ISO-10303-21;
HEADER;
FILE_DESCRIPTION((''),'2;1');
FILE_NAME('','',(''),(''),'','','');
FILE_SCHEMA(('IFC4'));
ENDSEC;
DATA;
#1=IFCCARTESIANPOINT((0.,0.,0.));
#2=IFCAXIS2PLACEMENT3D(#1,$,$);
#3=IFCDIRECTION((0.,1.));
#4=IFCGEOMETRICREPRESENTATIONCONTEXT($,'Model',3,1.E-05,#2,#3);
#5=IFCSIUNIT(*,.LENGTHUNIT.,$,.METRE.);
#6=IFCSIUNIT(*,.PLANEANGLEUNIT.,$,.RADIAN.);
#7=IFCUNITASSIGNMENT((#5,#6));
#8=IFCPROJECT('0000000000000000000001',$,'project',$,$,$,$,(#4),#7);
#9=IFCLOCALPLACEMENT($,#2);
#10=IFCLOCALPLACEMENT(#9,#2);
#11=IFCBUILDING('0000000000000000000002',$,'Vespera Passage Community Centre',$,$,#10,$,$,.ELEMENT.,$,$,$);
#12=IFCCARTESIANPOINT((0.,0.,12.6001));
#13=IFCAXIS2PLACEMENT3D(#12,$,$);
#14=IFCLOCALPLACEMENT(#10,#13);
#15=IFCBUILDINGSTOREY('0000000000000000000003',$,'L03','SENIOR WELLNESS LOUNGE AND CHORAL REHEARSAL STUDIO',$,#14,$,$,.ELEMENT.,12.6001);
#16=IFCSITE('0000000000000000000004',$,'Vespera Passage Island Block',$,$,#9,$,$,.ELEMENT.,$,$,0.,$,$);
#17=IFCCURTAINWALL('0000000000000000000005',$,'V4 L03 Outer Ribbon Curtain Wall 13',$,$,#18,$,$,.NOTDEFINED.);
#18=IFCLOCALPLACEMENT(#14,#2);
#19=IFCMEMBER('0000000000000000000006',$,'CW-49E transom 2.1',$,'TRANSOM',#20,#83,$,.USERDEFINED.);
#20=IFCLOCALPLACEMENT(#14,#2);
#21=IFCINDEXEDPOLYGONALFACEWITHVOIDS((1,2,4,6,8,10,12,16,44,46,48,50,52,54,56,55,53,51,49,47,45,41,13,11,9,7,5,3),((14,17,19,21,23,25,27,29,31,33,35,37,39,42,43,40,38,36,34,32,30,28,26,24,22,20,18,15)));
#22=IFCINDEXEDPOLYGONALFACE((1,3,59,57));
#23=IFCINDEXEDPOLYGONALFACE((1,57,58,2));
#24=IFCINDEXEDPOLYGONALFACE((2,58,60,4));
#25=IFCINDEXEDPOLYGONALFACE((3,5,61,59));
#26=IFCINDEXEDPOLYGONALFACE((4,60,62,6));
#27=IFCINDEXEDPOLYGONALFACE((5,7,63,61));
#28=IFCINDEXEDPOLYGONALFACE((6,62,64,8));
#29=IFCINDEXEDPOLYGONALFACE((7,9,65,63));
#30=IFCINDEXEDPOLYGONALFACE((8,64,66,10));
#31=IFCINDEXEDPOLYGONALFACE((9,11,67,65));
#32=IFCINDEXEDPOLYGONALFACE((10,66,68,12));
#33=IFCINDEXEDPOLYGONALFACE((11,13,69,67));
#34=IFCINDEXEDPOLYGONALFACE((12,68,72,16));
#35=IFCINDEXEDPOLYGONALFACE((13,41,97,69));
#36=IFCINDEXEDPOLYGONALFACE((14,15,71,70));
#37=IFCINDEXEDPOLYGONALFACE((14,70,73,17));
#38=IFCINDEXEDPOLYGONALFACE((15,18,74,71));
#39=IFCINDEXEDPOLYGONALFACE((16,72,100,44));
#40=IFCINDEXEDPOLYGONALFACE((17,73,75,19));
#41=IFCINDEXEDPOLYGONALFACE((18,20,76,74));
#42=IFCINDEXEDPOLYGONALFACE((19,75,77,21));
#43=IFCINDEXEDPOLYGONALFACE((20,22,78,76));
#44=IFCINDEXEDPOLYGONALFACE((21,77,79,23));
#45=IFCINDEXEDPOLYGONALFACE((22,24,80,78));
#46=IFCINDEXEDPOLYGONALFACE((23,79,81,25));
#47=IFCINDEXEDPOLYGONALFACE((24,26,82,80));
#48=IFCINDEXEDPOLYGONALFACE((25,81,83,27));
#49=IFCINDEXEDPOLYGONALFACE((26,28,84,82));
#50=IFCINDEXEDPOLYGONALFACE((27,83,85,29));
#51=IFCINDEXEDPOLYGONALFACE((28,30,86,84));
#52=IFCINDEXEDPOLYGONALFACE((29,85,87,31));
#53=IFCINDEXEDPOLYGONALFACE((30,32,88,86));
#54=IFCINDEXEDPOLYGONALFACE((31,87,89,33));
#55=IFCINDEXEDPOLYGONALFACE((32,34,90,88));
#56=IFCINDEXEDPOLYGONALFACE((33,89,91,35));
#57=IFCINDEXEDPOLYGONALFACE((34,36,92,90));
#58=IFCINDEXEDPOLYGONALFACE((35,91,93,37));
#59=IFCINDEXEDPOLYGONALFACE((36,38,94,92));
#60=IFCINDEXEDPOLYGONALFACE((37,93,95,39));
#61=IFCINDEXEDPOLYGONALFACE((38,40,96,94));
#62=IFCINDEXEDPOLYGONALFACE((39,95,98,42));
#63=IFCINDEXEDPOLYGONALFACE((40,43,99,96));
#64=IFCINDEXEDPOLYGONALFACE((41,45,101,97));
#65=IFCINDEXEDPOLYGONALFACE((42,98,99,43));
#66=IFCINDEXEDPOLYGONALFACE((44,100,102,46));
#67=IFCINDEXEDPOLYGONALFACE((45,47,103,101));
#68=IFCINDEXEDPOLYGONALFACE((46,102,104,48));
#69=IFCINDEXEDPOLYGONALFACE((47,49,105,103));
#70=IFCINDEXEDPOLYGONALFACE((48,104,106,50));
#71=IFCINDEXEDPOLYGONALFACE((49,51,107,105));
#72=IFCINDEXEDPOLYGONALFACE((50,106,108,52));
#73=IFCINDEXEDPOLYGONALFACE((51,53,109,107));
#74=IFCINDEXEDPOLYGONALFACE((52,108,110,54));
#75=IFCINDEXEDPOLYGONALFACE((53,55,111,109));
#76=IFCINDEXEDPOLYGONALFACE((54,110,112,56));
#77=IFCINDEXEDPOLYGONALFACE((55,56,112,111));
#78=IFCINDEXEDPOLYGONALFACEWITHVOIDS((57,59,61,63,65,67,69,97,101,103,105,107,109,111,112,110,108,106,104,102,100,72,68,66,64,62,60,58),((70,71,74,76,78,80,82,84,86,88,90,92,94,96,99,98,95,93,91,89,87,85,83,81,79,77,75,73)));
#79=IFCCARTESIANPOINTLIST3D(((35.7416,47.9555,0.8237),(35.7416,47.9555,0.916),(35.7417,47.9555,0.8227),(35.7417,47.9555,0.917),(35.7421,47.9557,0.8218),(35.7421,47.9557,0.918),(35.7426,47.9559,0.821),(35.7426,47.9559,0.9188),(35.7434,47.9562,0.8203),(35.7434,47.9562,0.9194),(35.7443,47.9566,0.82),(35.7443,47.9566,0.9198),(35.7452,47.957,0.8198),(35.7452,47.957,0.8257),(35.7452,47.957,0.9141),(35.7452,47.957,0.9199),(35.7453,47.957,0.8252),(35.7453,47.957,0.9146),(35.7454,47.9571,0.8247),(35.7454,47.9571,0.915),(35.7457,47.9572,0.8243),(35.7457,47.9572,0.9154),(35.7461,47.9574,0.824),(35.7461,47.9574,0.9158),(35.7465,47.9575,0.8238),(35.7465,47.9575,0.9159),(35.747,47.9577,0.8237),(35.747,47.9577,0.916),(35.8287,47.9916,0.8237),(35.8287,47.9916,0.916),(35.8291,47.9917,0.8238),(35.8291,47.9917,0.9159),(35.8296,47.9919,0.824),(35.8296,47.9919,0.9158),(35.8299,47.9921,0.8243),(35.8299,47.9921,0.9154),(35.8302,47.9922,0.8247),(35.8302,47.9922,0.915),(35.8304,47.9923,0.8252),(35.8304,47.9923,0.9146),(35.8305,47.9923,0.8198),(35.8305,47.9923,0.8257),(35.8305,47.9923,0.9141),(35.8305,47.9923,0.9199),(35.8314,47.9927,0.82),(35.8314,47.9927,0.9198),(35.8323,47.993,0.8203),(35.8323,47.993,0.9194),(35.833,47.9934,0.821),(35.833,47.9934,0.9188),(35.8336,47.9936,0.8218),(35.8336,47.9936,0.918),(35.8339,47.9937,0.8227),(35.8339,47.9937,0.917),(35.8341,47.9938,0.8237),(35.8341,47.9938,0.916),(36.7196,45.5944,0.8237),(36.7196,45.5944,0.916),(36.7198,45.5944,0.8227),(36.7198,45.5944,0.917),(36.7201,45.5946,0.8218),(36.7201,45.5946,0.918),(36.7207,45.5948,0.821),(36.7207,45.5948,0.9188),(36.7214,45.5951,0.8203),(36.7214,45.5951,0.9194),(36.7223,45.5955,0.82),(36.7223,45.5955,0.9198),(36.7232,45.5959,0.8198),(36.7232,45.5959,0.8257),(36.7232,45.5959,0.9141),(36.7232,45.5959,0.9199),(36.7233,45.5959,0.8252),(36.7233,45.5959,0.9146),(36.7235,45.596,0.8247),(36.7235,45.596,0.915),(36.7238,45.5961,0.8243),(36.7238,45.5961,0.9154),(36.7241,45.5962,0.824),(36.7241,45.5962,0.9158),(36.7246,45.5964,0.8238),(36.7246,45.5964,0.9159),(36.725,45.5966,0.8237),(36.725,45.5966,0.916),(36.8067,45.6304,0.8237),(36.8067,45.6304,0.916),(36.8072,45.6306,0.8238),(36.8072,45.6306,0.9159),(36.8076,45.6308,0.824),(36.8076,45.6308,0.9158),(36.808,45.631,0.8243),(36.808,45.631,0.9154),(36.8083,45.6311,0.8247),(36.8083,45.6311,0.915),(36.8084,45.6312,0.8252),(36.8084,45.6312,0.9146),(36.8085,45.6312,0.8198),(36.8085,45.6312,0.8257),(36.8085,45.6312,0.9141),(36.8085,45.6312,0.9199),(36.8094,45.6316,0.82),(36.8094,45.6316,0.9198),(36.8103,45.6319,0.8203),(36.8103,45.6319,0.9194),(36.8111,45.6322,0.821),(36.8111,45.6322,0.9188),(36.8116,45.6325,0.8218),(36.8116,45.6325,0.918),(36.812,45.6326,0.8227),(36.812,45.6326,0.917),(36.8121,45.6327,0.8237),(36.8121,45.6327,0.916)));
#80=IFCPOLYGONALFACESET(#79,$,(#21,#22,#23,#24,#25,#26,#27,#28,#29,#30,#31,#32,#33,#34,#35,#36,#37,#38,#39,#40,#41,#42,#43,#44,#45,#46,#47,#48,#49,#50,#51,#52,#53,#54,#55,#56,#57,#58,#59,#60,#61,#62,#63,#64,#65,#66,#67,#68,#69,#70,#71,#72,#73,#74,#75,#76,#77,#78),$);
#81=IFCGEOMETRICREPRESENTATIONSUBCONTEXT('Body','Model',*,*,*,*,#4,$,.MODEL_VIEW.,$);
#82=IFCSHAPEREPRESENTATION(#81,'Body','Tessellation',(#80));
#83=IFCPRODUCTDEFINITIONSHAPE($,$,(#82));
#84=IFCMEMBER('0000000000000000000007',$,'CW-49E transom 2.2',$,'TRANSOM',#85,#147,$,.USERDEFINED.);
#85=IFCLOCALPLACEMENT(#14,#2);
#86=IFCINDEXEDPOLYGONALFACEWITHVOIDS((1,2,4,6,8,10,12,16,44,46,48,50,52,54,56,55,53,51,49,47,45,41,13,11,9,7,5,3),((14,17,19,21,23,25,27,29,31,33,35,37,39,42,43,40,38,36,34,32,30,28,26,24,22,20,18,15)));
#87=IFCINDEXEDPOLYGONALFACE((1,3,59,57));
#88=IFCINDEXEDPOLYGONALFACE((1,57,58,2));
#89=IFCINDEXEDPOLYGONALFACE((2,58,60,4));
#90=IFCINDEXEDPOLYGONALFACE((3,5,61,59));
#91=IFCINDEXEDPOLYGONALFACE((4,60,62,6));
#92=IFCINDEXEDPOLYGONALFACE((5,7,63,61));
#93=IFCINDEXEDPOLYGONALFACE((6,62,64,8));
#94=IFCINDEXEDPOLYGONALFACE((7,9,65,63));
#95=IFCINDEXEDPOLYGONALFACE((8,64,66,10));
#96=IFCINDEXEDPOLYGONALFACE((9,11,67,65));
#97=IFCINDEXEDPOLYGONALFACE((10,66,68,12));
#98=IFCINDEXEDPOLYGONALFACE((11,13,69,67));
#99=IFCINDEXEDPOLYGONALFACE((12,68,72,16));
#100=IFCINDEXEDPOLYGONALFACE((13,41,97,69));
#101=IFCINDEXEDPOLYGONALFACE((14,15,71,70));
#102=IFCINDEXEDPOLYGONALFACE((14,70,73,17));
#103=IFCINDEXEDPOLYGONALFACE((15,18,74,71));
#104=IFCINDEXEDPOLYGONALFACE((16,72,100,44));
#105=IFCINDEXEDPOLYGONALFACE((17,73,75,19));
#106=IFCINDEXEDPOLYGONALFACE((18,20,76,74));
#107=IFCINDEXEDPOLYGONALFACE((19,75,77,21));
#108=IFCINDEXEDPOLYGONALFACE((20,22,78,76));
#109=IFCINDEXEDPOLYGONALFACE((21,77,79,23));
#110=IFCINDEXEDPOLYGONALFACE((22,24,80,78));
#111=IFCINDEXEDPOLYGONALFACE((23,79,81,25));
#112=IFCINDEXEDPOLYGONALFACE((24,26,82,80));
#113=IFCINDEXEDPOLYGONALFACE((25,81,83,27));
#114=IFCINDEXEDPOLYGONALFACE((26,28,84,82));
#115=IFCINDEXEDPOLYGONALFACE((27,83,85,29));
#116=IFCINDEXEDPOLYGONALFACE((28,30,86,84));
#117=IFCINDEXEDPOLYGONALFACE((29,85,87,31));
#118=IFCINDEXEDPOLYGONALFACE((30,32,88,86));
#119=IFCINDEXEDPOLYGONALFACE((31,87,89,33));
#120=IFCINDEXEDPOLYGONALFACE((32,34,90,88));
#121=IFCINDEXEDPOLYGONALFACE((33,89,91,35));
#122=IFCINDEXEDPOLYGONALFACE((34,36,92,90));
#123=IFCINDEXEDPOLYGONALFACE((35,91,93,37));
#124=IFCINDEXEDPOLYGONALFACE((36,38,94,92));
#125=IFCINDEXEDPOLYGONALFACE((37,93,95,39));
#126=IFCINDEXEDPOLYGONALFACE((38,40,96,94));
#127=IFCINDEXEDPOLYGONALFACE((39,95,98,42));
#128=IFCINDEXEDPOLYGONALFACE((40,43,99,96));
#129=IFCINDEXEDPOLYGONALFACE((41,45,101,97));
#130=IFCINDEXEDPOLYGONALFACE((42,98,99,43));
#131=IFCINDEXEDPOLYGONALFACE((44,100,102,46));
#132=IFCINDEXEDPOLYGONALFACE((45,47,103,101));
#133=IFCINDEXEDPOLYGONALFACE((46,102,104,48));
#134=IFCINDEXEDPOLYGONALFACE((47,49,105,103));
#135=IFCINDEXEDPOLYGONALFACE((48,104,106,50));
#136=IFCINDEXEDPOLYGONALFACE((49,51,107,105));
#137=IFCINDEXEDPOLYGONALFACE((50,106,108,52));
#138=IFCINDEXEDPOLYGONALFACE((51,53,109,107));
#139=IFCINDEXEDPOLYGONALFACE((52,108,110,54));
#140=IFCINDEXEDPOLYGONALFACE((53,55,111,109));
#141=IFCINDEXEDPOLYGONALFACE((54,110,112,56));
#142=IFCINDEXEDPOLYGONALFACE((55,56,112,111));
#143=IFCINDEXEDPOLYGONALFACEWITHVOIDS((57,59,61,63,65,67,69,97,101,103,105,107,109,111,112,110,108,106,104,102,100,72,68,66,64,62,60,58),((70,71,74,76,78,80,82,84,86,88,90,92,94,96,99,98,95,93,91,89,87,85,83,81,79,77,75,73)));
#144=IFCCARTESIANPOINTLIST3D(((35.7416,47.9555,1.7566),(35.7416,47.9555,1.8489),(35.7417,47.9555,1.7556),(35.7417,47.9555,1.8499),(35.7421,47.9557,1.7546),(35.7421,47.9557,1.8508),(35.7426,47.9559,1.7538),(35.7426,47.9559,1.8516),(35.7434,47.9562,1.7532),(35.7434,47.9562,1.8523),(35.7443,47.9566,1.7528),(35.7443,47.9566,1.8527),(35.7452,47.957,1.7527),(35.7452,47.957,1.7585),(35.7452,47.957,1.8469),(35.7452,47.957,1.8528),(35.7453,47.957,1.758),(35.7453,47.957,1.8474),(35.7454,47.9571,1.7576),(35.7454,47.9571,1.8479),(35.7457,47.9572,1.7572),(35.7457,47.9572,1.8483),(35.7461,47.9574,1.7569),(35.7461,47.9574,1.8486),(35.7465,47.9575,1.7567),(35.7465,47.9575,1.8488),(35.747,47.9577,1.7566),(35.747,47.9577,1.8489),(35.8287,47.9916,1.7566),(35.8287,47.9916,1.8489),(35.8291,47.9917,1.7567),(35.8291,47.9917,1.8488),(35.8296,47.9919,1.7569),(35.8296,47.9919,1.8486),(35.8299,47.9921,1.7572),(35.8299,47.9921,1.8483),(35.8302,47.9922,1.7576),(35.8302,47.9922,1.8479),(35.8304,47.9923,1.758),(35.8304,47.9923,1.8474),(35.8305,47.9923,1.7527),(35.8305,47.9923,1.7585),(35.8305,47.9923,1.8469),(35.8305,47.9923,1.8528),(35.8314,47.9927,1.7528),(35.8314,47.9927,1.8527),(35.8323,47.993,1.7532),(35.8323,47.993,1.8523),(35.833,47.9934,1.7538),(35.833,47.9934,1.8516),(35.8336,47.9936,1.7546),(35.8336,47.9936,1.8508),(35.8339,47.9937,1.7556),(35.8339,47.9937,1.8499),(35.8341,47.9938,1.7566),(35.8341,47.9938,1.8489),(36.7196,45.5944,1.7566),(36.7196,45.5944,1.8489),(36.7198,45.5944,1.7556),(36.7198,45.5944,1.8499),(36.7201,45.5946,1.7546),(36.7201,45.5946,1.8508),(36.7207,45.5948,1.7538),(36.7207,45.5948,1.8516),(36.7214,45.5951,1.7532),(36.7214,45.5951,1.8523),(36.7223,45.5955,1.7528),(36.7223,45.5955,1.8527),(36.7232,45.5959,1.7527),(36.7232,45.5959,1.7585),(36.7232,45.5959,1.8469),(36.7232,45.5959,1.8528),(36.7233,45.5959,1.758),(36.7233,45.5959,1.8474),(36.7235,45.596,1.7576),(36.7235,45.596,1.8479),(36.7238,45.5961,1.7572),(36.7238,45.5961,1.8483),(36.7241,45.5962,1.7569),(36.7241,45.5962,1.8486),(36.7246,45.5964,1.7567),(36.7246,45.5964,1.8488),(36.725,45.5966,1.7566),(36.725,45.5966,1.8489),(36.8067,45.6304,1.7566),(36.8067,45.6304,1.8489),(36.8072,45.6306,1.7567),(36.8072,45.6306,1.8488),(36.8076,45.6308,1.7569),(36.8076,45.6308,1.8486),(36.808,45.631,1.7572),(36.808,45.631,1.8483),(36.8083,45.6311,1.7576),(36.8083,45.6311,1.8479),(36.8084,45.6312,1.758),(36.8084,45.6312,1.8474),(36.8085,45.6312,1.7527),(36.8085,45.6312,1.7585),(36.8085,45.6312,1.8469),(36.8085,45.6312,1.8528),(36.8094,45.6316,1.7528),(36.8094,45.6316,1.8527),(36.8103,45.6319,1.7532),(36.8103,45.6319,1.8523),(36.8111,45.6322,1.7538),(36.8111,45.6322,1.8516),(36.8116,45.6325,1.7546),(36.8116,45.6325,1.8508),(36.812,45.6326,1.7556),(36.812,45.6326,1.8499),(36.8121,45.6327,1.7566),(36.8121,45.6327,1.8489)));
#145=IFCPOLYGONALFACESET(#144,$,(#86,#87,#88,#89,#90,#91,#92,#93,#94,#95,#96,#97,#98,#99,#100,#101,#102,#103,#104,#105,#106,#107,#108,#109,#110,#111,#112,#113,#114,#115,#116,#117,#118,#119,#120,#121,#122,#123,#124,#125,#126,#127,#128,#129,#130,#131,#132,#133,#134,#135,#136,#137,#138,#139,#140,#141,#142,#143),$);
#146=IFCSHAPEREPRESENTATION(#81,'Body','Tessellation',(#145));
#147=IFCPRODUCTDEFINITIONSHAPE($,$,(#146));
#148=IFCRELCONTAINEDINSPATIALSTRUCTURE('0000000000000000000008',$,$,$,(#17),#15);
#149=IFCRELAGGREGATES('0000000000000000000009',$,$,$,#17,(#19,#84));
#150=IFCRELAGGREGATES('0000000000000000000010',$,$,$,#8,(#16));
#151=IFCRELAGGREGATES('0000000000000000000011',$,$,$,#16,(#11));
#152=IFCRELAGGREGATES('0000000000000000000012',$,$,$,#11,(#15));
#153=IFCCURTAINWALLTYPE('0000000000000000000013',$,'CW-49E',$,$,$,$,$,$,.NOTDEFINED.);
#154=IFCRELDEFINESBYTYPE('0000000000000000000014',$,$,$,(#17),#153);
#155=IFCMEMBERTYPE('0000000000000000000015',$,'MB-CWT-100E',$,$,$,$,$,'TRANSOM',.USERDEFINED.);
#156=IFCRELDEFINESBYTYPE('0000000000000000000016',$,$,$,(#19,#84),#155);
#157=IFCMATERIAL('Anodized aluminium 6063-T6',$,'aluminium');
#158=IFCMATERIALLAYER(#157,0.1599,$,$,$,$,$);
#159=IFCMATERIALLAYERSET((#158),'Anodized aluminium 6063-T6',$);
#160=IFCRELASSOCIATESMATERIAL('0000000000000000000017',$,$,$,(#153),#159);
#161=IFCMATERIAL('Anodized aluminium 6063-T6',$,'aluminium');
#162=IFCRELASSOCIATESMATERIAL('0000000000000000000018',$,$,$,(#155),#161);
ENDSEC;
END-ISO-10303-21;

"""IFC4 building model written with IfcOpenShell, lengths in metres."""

from ifc_helpers import new_model, si_unit, direction, frame, origin, origin_2d, place, context, subcontext, project, spatial, hollow_rectangle, extrude, material, layer, layer_set, material_profile, profile_set, type_object, element, aggregate, save


model = new_model("IFC4")

# Units and contexts
model_context = context("Model", 3, precision=1e-05, world=origin(), true_north=direction((0.0, 1.0)))
body_context = subcontext(model_context, "Body", "Model", "MODEL_VIEW")
ifc_project = project(units=[si_unit("LENGTHUNIT", "METRE"), si_unit("PLANEANGLEUNIT", "RADIAN")], contexts=[model_context])

# Site, building, storey
site_placement = place(None, origin())
site = spatial("IfcSite", under=ifc_project, at=site_placement, Name="Vespera Passage Island Block", CompositionType="ELEMENT", RefElevation=0.0)
building_placement = place(site_placement, origin())
building = spatial("IfcBuilding", under=site, at=building_placement, Name="Vespera Passage Community Centre", CompositionType="ELEMENT")
storey_placement = place(building_placement, frame((0.0, 0.0, 12.6001)))
storey = spatial("IfcBuildingStorey", under=building, at=storey_placement, Name="L03", Description="SENIOR WELLNESS LOUNGE AND CHORAL REHEARSAL STUDIO", CompositionType="ELEMENT", Elevation=12.6001)

# Curtain wall, members
ifc_material_1 = material(Name="Anodized aluminium 6063-T6", Category="aluminium")
ifc_layer_1 = layer(ifc_material_1, 0.1599)
ifc_layer_set_1 = layer_set([ifc_layer_1], Name="Anodized aluminium 6063-T6")
curtain_wall_type = type_object("IfcCurtainWallType", Name="CW-49E", PredefinedType="NOTDEFINED", material=ifc_layer_set_1)
curtain_wall_placement = place(storey_placement, origin())
curtain_wall = element("IfcCurtainWall", 1, at=curtain_wall_placement, inside=storey, type_object=curtain_wall_type, Name="V4 L03 Outer Ribbon Curtain Wall 13", PredefinedType="NOTDEFINED")
ifc_material_2 = material(Name="Anodized aluminium 6063-T6", Category="aluminium")
ifc_material_profile_1 = material_profile(ifc_material_2, hollow_rectangle(XDim=0.1001, YDim=0.1001, WallThickness=0.0039, InnerFilletRadius=0.002, OuterFilletRadius=0.0039, at=origin_2d()), Name="ALU100X100X4")
ifc_profile_set_1 = profile_set([ifc_material_profile_1], Name="Anodized aluminium 6063-T6")
member_type_1 = type_object("IfcMemberType", Name="MB-CWT-100E", ElementType="TRANSOM", PredefinedType="USERDEFINED", material=ifc_profile_set_1)
member_1_placement = place(storey_placement, frame((36.7659, 45.6135, 0.8699), z_axis=(-0.382695, 0.923875, 0.0), x_axis=(-0.923875, -0.382695, 0.0)))
member_1 = element("IfcMember", 2, at=member_1_placement, type_object=member_type_1, Name="CW-49E transom 2.1", ObjectType="TRANSOM", PredefinedType="USERDEFINED", context=body_context, shape_type="SweptSolid", body=[
    extrude(hollow_rectangle(XDim=0.1001, YDim=0.1001, WallThickness=0.0039, InnerFilletRadius=0.002, OuterFilletRadius=0.0039, at=origin_2d()), origin(), (0.0, 0.0, 1.0), 2.5557),
])
member_2_placement = place(storey_placement, frame((36.7659, 45.6135, 1.8027), z_axis=(-0.382695, 0.923875, 0.0), x_axis=(-0.923875, -0.382695, 0.0)))
member_2 = element("IfcMember", 3, at=member_2_placement, type_object=member_type_1, Name="CW-49E transom 2.2", ObjectType="TRANSOM", PredefinedType="USERDEFINED", context=body_context, shape_type="SweptSolid", body=[
    extrude(hollow_rectangle(XDim=0.1001, YDim=0.1001, WallThickness=0.0039, InnerFilletRadius=0.002, OuterFilletRadius=0.0039, at=origin_2d()), origin(), (0.0, 0.0, 1.0), 2.5557),
])
aggregate(curtain_wall, [member_1, member_2])

save(model, "model.ifc")
